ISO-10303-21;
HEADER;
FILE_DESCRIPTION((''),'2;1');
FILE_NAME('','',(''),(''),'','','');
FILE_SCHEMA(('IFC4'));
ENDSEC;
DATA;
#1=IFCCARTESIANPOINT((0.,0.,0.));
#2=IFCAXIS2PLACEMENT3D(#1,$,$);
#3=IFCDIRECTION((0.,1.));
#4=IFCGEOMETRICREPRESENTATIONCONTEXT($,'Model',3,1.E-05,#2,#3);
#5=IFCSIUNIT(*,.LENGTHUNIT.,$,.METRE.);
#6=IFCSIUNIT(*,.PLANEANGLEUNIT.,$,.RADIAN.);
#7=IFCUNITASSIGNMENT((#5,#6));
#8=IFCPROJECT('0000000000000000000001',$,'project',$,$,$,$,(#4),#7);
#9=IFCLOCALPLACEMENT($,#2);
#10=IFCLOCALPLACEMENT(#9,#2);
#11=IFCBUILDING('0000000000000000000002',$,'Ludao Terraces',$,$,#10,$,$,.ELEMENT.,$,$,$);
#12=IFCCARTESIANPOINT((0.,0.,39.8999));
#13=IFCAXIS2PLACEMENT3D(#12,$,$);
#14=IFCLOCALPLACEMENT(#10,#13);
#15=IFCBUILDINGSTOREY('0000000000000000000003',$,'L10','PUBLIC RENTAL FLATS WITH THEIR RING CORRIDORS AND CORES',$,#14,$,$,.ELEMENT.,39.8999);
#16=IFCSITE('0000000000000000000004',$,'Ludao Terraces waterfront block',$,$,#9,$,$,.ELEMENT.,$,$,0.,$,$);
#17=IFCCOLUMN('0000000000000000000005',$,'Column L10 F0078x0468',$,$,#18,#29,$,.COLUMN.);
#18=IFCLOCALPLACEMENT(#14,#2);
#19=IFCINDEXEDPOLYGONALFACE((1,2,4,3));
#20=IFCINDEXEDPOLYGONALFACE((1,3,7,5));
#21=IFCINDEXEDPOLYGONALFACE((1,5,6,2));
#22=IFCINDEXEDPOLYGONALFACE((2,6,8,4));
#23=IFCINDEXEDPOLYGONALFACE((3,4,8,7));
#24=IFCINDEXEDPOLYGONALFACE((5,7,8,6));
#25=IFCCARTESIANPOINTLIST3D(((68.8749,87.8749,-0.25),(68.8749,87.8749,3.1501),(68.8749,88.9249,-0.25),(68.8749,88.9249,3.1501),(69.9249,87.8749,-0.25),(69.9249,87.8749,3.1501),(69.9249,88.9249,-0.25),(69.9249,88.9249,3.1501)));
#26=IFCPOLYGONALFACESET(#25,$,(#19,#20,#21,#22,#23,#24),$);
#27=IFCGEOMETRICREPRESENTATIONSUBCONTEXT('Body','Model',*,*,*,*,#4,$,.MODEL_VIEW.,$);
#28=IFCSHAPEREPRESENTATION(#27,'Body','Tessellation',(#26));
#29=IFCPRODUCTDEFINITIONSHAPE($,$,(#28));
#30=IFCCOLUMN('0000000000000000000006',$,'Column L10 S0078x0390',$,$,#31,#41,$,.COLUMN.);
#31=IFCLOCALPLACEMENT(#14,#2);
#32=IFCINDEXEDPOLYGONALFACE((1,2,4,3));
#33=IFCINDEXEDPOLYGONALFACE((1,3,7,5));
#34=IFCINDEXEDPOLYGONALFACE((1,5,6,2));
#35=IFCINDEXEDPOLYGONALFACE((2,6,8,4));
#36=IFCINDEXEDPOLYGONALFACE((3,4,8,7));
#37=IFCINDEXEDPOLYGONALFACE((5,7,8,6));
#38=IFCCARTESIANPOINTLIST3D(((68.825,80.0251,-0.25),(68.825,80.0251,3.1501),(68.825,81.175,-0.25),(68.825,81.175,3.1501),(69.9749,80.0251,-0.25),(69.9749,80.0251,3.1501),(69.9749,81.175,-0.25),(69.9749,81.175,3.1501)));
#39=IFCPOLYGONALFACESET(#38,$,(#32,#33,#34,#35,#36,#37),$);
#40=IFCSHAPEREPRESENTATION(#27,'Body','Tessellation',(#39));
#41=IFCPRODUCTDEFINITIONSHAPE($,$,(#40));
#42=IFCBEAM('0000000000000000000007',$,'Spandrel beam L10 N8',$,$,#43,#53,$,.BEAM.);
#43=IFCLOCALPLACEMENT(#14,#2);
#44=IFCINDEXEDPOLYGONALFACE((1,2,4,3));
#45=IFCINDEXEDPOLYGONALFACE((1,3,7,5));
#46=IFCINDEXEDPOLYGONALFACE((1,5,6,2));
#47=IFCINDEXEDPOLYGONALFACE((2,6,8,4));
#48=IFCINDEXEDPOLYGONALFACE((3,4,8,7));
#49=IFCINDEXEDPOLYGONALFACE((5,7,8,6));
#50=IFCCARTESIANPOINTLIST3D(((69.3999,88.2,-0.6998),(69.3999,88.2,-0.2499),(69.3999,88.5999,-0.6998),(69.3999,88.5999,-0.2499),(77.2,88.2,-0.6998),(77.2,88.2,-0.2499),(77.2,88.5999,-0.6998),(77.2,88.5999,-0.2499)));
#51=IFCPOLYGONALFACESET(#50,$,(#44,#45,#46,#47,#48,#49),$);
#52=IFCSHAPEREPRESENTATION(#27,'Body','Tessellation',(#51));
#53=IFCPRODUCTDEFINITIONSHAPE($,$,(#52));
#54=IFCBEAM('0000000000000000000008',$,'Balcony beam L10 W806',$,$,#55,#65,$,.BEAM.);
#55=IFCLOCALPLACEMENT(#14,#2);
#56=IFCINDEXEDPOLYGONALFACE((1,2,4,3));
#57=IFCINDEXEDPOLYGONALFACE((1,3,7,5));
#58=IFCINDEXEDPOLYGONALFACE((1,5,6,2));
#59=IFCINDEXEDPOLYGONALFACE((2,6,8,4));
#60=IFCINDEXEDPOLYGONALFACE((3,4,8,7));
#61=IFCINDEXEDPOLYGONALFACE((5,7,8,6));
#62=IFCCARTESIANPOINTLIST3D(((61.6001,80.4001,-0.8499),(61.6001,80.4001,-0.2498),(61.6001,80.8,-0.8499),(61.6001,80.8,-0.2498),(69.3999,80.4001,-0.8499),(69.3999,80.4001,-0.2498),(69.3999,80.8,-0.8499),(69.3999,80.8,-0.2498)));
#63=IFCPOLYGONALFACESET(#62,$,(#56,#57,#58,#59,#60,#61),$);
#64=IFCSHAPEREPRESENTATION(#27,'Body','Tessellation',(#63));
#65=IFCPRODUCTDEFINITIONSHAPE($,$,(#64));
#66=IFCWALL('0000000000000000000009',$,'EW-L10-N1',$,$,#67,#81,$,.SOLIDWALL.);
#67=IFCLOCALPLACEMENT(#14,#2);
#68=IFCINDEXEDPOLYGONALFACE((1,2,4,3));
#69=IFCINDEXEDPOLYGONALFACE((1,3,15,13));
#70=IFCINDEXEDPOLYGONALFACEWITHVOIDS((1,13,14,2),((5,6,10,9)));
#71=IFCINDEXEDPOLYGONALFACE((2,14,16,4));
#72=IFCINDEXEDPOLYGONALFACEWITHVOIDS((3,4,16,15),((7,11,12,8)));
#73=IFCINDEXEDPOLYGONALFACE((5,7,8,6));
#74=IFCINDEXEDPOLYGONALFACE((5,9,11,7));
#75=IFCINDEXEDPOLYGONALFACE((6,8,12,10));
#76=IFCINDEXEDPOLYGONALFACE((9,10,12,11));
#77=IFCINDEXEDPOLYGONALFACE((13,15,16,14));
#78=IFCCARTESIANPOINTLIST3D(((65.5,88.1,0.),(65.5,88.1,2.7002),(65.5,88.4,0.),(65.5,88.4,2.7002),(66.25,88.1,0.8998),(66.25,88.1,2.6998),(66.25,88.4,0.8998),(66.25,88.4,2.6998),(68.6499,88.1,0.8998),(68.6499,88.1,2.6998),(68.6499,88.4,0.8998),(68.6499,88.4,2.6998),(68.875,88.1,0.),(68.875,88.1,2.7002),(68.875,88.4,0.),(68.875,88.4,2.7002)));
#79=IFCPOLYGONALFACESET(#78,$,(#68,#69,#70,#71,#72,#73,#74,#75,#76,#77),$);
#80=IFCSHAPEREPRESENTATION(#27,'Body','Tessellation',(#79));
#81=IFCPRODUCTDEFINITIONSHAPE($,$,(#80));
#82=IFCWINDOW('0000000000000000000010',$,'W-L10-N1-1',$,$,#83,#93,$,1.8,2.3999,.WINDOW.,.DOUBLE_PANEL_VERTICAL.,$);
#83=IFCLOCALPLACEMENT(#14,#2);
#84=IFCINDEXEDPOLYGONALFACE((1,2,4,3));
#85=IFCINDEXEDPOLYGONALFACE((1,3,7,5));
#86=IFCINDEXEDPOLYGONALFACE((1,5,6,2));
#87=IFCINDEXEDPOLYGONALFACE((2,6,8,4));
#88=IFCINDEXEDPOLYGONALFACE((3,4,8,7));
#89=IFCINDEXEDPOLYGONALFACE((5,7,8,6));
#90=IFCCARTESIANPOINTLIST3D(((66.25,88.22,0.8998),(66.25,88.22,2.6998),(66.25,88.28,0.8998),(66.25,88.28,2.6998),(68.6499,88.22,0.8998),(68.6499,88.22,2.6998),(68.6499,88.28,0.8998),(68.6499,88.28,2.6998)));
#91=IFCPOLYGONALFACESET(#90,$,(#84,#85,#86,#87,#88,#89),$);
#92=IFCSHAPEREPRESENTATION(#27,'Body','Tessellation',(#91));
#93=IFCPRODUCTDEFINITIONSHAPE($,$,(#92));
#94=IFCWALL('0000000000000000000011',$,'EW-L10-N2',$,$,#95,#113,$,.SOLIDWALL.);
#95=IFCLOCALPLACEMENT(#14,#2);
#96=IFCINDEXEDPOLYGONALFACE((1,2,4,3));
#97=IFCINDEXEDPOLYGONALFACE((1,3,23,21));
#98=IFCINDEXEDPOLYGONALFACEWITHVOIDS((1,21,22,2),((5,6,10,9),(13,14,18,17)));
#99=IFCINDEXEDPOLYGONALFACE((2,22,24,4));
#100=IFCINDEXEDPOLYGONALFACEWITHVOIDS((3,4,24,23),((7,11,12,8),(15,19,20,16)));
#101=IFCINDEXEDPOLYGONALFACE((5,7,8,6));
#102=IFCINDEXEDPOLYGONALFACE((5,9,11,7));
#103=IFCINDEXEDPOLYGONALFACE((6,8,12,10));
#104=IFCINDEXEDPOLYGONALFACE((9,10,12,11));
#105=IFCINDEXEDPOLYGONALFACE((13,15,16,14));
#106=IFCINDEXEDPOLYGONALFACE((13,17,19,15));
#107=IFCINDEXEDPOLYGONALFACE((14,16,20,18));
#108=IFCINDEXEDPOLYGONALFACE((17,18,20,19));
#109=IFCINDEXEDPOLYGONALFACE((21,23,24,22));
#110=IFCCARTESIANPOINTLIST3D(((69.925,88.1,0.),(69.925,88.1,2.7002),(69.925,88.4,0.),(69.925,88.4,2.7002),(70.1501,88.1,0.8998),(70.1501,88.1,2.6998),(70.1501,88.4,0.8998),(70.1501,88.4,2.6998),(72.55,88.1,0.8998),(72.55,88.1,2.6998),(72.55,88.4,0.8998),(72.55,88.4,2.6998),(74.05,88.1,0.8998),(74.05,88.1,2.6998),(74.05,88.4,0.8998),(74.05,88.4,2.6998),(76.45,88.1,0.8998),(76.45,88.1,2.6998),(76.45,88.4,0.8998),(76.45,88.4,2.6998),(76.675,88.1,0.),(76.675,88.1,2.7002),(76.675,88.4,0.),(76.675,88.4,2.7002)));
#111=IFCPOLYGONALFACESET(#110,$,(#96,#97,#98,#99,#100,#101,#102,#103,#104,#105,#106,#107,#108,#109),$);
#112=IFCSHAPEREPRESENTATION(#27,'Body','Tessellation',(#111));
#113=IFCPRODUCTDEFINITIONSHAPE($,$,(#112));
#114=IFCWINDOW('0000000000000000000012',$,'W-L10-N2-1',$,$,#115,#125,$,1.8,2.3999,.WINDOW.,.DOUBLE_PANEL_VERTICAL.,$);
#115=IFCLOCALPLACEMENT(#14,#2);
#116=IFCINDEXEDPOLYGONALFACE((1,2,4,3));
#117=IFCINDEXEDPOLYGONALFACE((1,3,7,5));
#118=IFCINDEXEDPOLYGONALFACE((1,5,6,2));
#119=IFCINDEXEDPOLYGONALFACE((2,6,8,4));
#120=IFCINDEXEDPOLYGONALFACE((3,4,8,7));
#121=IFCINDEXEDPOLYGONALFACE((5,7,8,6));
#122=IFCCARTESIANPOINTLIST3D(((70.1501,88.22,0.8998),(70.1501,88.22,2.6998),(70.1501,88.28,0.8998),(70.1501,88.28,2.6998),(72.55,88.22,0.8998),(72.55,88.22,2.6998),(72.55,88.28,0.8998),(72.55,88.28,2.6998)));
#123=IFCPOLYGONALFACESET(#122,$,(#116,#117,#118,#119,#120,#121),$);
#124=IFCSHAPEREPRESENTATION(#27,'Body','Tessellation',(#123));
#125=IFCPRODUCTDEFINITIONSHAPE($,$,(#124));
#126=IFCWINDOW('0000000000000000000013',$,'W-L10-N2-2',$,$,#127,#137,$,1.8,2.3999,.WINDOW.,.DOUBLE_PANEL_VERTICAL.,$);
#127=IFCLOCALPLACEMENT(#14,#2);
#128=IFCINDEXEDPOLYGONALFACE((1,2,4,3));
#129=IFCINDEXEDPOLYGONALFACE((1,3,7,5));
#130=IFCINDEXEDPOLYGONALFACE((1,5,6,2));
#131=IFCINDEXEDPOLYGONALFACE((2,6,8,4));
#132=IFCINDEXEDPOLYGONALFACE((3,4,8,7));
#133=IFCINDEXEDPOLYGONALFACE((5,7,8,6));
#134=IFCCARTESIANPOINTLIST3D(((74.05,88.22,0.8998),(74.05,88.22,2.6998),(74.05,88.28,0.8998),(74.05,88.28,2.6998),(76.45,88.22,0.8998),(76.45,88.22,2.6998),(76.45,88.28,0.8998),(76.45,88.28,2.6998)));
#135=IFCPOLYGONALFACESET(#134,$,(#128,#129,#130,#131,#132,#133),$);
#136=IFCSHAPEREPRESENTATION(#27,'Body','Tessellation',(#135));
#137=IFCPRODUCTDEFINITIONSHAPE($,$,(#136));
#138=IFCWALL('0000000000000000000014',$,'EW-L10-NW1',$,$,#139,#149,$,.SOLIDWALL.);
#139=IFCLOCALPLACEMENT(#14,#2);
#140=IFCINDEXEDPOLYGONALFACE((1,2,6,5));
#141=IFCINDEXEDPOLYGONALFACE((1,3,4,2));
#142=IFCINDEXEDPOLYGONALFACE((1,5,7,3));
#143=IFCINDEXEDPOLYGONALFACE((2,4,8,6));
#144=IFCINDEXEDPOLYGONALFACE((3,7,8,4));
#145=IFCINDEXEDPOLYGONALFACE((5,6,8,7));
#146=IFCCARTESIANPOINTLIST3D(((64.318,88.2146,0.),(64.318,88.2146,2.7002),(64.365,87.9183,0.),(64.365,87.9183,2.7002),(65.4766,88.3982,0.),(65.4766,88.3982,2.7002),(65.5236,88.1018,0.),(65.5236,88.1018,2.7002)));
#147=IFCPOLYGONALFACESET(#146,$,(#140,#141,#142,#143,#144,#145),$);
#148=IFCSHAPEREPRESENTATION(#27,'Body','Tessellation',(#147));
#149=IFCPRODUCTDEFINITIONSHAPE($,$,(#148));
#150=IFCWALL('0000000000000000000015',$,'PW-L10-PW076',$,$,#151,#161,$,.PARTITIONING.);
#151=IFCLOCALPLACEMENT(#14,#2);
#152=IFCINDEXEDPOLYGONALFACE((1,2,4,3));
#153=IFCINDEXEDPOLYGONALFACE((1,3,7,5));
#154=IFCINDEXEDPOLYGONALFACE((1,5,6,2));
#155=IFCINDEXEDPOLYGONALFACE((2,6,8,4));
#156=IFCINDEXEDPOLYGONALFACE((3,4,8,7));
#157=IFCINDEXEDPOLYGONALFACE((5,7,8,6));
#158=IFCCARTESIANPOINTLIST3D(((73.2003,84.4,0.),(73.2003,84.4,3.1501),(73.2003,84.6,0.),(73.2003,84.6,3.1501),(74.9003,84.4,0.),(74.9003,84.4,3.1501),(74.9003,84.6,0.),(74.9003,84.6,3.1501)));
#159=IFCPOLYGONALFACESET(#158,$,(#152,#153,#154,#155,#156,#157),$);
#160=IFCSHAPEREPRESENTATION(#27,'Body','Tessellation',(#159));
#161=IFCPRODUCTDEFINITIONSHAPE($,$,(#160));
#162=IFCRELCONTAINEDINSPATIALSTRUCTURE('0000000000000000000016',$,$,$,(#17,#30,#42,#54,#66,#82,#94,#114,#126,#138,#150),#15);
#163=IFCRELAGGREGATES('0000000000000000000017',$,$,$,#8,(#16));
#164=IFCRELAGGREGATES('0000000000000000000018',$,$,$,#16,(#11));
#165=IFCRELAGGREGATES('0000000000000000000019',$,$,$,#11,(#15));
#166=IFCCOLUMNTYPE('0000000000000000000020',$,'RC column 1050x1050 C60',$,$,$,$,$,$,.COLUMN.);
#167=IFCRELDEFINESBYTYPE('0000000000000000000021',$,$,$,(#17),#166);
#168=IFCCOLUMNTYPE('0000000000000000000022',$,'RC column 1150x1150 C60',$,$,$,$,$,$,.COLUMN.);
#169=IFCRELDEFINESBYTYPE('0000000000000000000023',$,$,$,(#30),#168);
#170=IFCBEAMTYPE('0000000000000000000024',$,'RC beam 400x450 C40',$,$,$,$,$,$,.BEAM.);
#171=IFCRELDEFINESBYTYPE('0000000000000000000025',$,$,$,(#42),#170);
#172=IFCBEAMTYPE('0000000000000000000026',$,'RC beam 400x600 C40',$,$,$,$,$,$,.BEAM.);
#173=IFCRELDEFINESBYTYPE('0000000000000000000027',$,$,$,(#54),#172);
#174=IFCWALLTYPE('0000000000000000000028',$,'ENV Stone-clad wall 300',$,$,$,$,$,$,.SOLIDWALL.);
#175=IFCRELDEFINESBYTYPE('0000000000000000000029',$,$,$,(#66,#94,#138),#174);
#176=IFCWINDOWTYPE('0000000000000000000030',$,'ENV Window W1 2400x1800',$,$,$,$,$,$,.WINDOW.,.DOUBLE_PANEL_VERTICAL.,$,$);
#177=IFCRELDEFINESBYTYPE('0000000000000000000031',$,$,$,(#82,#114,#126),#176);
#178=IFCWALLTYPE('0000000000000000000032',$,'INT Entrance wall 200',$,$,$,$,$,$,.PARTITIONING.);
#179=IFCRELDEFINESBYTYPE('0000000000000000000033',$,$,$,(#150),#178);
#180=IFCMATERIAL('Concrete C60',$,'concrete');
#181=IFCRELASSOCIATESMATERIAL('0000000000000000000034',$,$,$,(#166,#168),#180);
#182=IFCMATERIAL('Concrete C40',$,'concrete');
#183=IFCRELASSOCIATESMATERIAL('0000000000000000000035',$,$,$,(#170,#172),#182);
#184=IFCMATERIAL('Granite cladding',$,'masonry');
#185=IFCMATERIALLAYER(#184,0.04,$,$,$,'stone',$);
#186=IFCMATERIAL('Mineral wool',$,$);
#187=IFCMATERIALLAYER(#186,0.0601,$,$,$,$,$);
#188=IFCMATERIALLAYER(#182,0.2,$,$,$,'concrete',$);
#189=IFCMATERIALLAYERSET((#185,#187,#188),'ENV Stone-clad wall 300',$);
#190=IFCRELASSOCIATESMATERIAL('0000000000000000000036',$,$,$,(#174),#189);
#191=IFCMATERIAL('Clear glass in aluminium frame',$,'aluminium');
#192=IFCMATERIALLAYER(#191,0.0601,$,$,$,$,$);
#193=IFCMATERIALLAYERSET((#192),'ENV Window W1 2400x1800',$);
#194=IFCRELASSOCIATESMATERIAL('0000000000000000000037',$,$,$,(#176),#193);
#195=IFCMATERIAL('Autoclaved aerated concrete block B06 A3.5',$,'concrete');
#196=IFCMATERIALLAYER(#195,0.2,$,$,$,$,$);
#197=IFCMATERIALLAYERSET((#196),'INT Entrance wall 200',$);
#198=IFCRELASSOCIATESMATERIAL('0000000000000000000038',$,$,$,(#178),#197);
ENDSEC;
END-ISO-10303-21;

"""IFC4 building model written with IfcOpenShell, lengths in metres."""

from ifc_helpers import new_model, si_unit, direction, frame, frame_2d, origin, origin_2d, place, context, subcontext, project, spatial, rectangle, extrude, material, layer, layer_set, material_profile, profile_set, type_object, element, fill, save


model = new_model("IFC4")

# Units and contexts
model_context = context("Model", 3, precision=1e-05, world=origin(), true_north=direction((0.0, 1.0)))
body_context = subcontext(model_context, "Body", "Model", "MODEL_VIEW")
ifc_project = project(units=[si_unit("LENGTHUNIT", "METRE"), si_unit("PLANEANGLEUNIT", "RADIAN")], contexts=[model_context])

# Site, building, storey
site_placement = place(None, origin())
site = spatial("IfcSite", under=ifc_project, at=site_placement, Name="Ludao Terraces waterfront block", CompositionType="ELEMENT", RefElevation=0.0)
building_placement = place(site_placement, origin())
building = spatial("IfcBuilding", under=site, at=building_placement, Name="Ludao Terraces", CompositionType="ELEMENT")
storey_placement = place(building_placement, frame((0.0, 0.0, 39.8999)))
storey = spatial("IfcBuildingStorey", under=building, at=storey_placement, Name="L10", Description="PUBLIC RENTAL FLATS WITH THEIR RING CORRIDORS AND CORES", CompositionType="ELEMENT", Elevation=39.8999)

# Columns
ifc_material_1 = material(Name="Concrete C60", Category="concrete")
ifc_material_profile_1 = material_profile(ifc_material_1, rectangle(XDim=1.05, YDim=1.05, at=origin_2d()), Name="1050 X 1050")
ifc_profile_set_1 = profile_set([ifc_material_profile_1], Name="Concrete C60")
column_type_1 = type_object("IfcColumnType", Name="RC column 1050x1050 C60", PredefinedType="COLUMN", material=ifc_profile_set_1)
column_1_placement = place(storey_placement, frame((69.3999, 88.3999, -0.25), z_axis=(0.0, 0.0, 1.0), x_axis=(1.0, 0.0, 0.0)))
element("IfcColumn", 1, at=column_1_placement, inside=storey, type_object=column_type_1, Name="Column L10 F0078x0468", PredefinedType="COLUMN", context=body_context, shape_type="SweptSolid", body=[
    extrude(rectangle(XDim=1.05, YDim=1.05, at=origin_2d()), origin(), (0.0, 0.0, 1.0), 3.4001),
])
ifc_material_profile_2 = material_profile(ifc_material_1, rectangle(XDim=1.1499, YDim=1.1499, at=origin_2d()), Name="1150 X 1150")
ifc_profile_set_2 = profile_set([ifc_material_profile_2], Name="Concrete C60")
column_type_2 = type_object("IfcColumnType", Name="RC column 1150x1150 C60", PredefinedType="COLUMN", material=ifc_profile_set_2)
column_2_placement = place(storey_placement, frame((69.3999, 80.6001, -0.25), z_axis=(0.0, 0.0, 1.0), x_axis=(1.0, 0.0, 0.0)))
element("IfcColumn", 2, at=column_2_placement, inside=storey, type_object=column_type_2, Name="Column L10 S0078x0390", PredefinedType="COLUMN", context=body_context, shape_type="SweptSolid", body=[
    extrude(rectangle(XDim=1.1499, YDim=1.1499, at=origin_2d()), origin(), (0.0, 0.0, 1.0), 3.4001),
])

# Beams
ifc_material_2 = material(Name="Concrete C40", Category="concrete")
ifc_material_profile_3 = material_profile(ifc_material_2, rectangle(XDim=0.3999, YDim=0.45, at=origin_2d()), Name="400 X 450")
ifc_profile_set_3 = profile_set([ifc_material_profile_3], Name="Concrete C40")
beam_type_1 = type_object("IfcBeamType", Name="RC beam 400x450 C40", PredefinedType="BEAM", material=ifc_profile_set_3)
beam_1_placement = place(storey_placement, frame((69.3999, 88.3999, -0.4749), z_axis=(1.0, 0.0, 0.0), x_axis=(0.0, 1.0, 0.0)))
element("IfcBeam", 3, at=beam_1_placement, inside=storey, type_object=beam_type_1, Name="Spandrel beam L10 N8", PredefinedType="BEAM", context=body_context, shape_type="SweptSolid", body=[
    extrude(rectangle(XDim=0.3999, YDim=0.45, at=origin_2d()), origin(), (0.0, 0.0, 1.0), 7.8),
])
ifc_material_profile_4 = material_profile(ifc_material_2, rectangle(XDim=0.3999, YDim=0.6001, at=origin_2d()), Name="400 X 600")
ifc_profile_set_4 = profile_set([ifc_material_profile_4], Name="Concrete C40")
beam_type_2 = type_object("IfcBeamType", Name="RC beam 400x600 C40", PredefinedType="BEAM", material=ifc_profile_set_4)
beam_2_placement = place(storey_placement, frame((69.3999, 80.6001, -0.5498), z_axis=(-1.0, 0.0, 0.0), x_axis=(0.0, -1.0, 0.0)))
element("IfcBeam", 4, at=beam_2_placement, inside=storey, type_object=beam_type_2, Name="Balcony beam L10 W806", PredefinedType="BEAM", context=body_context, shape_type="SweptSolid", body=[
    extrude(rectangle(XDim=0.3999, YDim=0.6001, at=origin_2d()), origin(), (0.0, 0.0, 1.0), 7.7998),
])

# Wall, opening, window
ifc_material_3 = material(Name="Granite cladding", Category="masonry")
ifc_layer_1 = layer(ifc_material_3, 0.04, Category="stone")
ifc_material_4 = material(Name="Mineral wool")
ifc_layer_2 = layer(ifc_material_4, 0.0601)
ifc_layer_3 = layer(ifc_material_2, 0.2, Category="concrete")
ifc_layer_set_1 = layer_set([ifc_layer_1, ifc_layer_2, ifc_layer_3], Name="ENV Stone-clad wall 300")
wall_type_1 = type_object("IfcWallType", Name="ENV Stone-clad wall 300", PredefinedType="SOLIDWALL", material=ifc_layer_set_1)
wall_1_placement = place(storey_placement, frame((65.5, 88.25, 0.0), z_axis=(0.0, 0.0, 1.0), x_axis=(1.0, 0.0, 0.0)))
wall_1 = element("IfcWall", 5, at=wall_1_placement, inside=storey, type_object=wall_type_1, Name="EW-L10-N1", PredefinedType="SOLIDWALL", context=body_context, shape_type="SweptSolid", body=[
    extrude(rectangle(XDim=3.375, YDim=0.3, at=frame_2d((1.6875, 0.0))), origin(), (0.0, 0.0, 1.0), 2.7002),
])
opening_1_placement = place(wall_1_placement, frame((0.75, 0.0, 0.8999)))
opening_1 = element("IfcOpeningElement", 6, at=opening_1_placement, cuts=wall_1, PredefinedType="OPENING", context=body_context, shape_type="SweptSolid", body=[
    extrude(rectangle(XDim=2.3999, YDim=1.8, at=frame_2d((1.2, 0.8999))), frame((0.0, 0.1602, 0.0), z_axis=(0.0, -1.0, 0.0), x_axis=(1.0, 0.0, 0.0)), (0.0, 0.0, 1.0), 0.3201),
])
ifc_material_5 = material(Name="Clear glass in aluminium frame", Category="aluminium")
ifc_layer_4 = layer(ifc_material_5, 0.0601)
ifc_layer_set_2 = layer_set([ifc_layer_4], Name="ENV Window W1 2400x1800")
window_type = type_object("IfcWindowType", Name="ENV Window W1 2400x1800", PartitioningType="DOUBLE_PANEL_VERTICAL", PredefinedType="WINDOW", material=ifc_layer_set_2)
window_1_placement = place(opening_1_placement, origin())
window_1 = element("IfcWindow", 7, at=window_1_placement, inside=storey, type_object=window_type, Name="W-L10-N1-1", OverallHeight=1.8, OverallWidth=2.3999, PartitioningType="DOUBLE_PANEL_VERTICAL", PredefinedType="WINDOW", context=body_context, shape_type="SweptSolid", body=[
    extrude(rectangle(XDim=2.3999, YDim=1.8, at=frame_2d((1.2, 0.8999))), frame((0.0, 0.03, 0.0), z_axis=(0.0, -1.0, 0.0), x_axis=(1.0, 0.0, 0.0)), (0.0, 0.0, 1.0), 0.0601),
])
fill(opening_1, window_1)

# Wall, openings, windows
wall_2_placement = place(storey_placement, frame((69.925, 88.25, 0.0), z_axis=(0.0, 0.0, 1.0), x_axis=(1.0, 0.0, 0.0)))
wall_2 = element("IfcWall", 8, at=wall_2_placement, inside=storey, type_object=wall_type_1, Name="EW-L10-N2", PredefinedType="SOLIDWALL", context=body_context, shape_type="SweptSolid", body=[
    extrude(rectangle(XDim=6.75, YDim=0.3, at=frame_2d((3.375, 0.0))), origin(), (0.0, 0.0, 1.0), 2.7002),
])
opening_2_placement = place(wall_2_placement, frame((0.2251, 0.0, 0.8999)))
opening_2 = element("IfcOpeningElement", 9, at=opening_2_placement, cuts=wall_2, PredefinedType="OPENING", context=body_context, shape_type="SweptSolid", body=[
    extrude(rectangle(XDim=2.3999, YDim=1.8, at=frame_2d((1.2, 0.8999))), frame((0.0, 0.1602, 0.0), z_axis=(0.0, -1.0, 0.0), x_axis=(1.0, 0.0, 0.0)), (0.0, 0.0, 1.0), 0.3201),
])
opening_3_placement = place(wall_2_placement, frame((4.125, 0.0, 0.8999)))
opening_3 = element("IfcOpeningElement", 10, at=opening_3_placement, cuts=wall_2, PredefinedType="OPENING", context=body_context, shape_type="SweptSolid", body=[
    extrude(rectangle(XDim=2.3999, YDim=1.8, at=frame_2d((1.2, 0.8999))), frame((0.0, 0.1602, 0.0), z_axis=(0.0, -1.0, 0.0), x_axis=(1.0, 0.0, 0.0)), (0.0, 0.0, 1.0), 0.3201),
])
window_2_placement = place(opening_2_placement, origin())
window_2 = element("IfcWindow", 11, at=window_2_placement, inside=storey, type_object=window_type, Name="W-L10-N2-1", OverallHeight=1.8, OverallWidth=2.3999, PartitioningType="DOUBLE_PANEL_VERTICAL", PredefinedType="WINDOW", context=body_context, shape_type="SweptSolid", body=[
    extrude(rectangle(XDim=2.3999, YDim=1.8, at=frame_2d((1.2, 0.8999))), frame((0.0, 0.03, 0.0), z_axis=(0.0, -1.0, 0.0), x_axis=(1.0, 0.0, 0.0)), (0.0, 0.0, 1.0), 0.0601),
])
fill(opening_2, window_2)
window_3_placement = place(opening_3_placement, origin())
window_3 = element("IfcWindow", 12, at=window_3_placement, inside=storey, type_object=window_type, Name="W-L10-N2-2", OverallHeight=1.8, OverallWidth=2.3999, PartitioningType="DOUBLE_PANEL_VERTICAL", PredefinedType="WINDOW", context=body_context, shape_type="SweptSolid", body=[
    extrude(rectangle(XDim=2.3999, YDim=1.8, at=frame_2d((1.2, 0.8999))), frame((0.0, 0.03, 0.0), z_axis=(0.0, -1.0, 0.0), x_axis=(1.0, 0.0, 0.0)), (0.0, 0.0, 1.0), 0.0601),
])
fill(opening_3, window_3)

# Walls
wall_3_placement = place(storey_placement, frame((65.5, 88.25, 0.0), z_axis=(0.0, 0.0, 1.0), x_axis=(-0.987678, -0.156497, 0.0)))
element("IfcWall", 13, at=wall_3_placement, inside=storey, type_object=wall_type_1, Name="EW-L10-NW1", PredefinedType="SOLIDWALL", context=body_context, shape_type="SweptSolid", body=[
    extrude(rectangle(XDim=1.1731, YDim=0.3, at=frame_2d((0.5864, 0.0))), origin(), (0.0, 0.0, 1.0), 2.7002),
])
ifc_material_6 = material(Name="Autoclaved aerated concrete block B06 A3.5", Category="concrete")
ifc_layer_5 = layer(ifc_material_6, 0.2)
ifc_layer_set_3 = layer_set([ifc_layer_5], Name="INT Entrance wall 200")
wall_type_2 = type_object("IfcWallType", Name="INT Entrance wall 200", PredefinedType="PARTITIONING", material=ifc_layer_set_3)
wall_4_placement = place(storey_placement, frame((73.2002, 84.5, 0.0), z_axis=(0.0, 0.0, 1.0), x_axis=(1.0, 0.0, 0.0)))
element("IfcWall", 14, at=wall_4_placement, inside=storey, type_object=wall_type_2, Name="PW-L10-PW076", PredefinedType="PARTITIONING", context=body_context, shape_type="SweptSolid", body=[
    extrude(rectangle(XDim=1.7, YDim=0.2, at=frame_2d((0.8501, 0.0))), origin(), (0.0, 0.0, 1.0), 3.1501),
])

save(model, "model.ifc")
